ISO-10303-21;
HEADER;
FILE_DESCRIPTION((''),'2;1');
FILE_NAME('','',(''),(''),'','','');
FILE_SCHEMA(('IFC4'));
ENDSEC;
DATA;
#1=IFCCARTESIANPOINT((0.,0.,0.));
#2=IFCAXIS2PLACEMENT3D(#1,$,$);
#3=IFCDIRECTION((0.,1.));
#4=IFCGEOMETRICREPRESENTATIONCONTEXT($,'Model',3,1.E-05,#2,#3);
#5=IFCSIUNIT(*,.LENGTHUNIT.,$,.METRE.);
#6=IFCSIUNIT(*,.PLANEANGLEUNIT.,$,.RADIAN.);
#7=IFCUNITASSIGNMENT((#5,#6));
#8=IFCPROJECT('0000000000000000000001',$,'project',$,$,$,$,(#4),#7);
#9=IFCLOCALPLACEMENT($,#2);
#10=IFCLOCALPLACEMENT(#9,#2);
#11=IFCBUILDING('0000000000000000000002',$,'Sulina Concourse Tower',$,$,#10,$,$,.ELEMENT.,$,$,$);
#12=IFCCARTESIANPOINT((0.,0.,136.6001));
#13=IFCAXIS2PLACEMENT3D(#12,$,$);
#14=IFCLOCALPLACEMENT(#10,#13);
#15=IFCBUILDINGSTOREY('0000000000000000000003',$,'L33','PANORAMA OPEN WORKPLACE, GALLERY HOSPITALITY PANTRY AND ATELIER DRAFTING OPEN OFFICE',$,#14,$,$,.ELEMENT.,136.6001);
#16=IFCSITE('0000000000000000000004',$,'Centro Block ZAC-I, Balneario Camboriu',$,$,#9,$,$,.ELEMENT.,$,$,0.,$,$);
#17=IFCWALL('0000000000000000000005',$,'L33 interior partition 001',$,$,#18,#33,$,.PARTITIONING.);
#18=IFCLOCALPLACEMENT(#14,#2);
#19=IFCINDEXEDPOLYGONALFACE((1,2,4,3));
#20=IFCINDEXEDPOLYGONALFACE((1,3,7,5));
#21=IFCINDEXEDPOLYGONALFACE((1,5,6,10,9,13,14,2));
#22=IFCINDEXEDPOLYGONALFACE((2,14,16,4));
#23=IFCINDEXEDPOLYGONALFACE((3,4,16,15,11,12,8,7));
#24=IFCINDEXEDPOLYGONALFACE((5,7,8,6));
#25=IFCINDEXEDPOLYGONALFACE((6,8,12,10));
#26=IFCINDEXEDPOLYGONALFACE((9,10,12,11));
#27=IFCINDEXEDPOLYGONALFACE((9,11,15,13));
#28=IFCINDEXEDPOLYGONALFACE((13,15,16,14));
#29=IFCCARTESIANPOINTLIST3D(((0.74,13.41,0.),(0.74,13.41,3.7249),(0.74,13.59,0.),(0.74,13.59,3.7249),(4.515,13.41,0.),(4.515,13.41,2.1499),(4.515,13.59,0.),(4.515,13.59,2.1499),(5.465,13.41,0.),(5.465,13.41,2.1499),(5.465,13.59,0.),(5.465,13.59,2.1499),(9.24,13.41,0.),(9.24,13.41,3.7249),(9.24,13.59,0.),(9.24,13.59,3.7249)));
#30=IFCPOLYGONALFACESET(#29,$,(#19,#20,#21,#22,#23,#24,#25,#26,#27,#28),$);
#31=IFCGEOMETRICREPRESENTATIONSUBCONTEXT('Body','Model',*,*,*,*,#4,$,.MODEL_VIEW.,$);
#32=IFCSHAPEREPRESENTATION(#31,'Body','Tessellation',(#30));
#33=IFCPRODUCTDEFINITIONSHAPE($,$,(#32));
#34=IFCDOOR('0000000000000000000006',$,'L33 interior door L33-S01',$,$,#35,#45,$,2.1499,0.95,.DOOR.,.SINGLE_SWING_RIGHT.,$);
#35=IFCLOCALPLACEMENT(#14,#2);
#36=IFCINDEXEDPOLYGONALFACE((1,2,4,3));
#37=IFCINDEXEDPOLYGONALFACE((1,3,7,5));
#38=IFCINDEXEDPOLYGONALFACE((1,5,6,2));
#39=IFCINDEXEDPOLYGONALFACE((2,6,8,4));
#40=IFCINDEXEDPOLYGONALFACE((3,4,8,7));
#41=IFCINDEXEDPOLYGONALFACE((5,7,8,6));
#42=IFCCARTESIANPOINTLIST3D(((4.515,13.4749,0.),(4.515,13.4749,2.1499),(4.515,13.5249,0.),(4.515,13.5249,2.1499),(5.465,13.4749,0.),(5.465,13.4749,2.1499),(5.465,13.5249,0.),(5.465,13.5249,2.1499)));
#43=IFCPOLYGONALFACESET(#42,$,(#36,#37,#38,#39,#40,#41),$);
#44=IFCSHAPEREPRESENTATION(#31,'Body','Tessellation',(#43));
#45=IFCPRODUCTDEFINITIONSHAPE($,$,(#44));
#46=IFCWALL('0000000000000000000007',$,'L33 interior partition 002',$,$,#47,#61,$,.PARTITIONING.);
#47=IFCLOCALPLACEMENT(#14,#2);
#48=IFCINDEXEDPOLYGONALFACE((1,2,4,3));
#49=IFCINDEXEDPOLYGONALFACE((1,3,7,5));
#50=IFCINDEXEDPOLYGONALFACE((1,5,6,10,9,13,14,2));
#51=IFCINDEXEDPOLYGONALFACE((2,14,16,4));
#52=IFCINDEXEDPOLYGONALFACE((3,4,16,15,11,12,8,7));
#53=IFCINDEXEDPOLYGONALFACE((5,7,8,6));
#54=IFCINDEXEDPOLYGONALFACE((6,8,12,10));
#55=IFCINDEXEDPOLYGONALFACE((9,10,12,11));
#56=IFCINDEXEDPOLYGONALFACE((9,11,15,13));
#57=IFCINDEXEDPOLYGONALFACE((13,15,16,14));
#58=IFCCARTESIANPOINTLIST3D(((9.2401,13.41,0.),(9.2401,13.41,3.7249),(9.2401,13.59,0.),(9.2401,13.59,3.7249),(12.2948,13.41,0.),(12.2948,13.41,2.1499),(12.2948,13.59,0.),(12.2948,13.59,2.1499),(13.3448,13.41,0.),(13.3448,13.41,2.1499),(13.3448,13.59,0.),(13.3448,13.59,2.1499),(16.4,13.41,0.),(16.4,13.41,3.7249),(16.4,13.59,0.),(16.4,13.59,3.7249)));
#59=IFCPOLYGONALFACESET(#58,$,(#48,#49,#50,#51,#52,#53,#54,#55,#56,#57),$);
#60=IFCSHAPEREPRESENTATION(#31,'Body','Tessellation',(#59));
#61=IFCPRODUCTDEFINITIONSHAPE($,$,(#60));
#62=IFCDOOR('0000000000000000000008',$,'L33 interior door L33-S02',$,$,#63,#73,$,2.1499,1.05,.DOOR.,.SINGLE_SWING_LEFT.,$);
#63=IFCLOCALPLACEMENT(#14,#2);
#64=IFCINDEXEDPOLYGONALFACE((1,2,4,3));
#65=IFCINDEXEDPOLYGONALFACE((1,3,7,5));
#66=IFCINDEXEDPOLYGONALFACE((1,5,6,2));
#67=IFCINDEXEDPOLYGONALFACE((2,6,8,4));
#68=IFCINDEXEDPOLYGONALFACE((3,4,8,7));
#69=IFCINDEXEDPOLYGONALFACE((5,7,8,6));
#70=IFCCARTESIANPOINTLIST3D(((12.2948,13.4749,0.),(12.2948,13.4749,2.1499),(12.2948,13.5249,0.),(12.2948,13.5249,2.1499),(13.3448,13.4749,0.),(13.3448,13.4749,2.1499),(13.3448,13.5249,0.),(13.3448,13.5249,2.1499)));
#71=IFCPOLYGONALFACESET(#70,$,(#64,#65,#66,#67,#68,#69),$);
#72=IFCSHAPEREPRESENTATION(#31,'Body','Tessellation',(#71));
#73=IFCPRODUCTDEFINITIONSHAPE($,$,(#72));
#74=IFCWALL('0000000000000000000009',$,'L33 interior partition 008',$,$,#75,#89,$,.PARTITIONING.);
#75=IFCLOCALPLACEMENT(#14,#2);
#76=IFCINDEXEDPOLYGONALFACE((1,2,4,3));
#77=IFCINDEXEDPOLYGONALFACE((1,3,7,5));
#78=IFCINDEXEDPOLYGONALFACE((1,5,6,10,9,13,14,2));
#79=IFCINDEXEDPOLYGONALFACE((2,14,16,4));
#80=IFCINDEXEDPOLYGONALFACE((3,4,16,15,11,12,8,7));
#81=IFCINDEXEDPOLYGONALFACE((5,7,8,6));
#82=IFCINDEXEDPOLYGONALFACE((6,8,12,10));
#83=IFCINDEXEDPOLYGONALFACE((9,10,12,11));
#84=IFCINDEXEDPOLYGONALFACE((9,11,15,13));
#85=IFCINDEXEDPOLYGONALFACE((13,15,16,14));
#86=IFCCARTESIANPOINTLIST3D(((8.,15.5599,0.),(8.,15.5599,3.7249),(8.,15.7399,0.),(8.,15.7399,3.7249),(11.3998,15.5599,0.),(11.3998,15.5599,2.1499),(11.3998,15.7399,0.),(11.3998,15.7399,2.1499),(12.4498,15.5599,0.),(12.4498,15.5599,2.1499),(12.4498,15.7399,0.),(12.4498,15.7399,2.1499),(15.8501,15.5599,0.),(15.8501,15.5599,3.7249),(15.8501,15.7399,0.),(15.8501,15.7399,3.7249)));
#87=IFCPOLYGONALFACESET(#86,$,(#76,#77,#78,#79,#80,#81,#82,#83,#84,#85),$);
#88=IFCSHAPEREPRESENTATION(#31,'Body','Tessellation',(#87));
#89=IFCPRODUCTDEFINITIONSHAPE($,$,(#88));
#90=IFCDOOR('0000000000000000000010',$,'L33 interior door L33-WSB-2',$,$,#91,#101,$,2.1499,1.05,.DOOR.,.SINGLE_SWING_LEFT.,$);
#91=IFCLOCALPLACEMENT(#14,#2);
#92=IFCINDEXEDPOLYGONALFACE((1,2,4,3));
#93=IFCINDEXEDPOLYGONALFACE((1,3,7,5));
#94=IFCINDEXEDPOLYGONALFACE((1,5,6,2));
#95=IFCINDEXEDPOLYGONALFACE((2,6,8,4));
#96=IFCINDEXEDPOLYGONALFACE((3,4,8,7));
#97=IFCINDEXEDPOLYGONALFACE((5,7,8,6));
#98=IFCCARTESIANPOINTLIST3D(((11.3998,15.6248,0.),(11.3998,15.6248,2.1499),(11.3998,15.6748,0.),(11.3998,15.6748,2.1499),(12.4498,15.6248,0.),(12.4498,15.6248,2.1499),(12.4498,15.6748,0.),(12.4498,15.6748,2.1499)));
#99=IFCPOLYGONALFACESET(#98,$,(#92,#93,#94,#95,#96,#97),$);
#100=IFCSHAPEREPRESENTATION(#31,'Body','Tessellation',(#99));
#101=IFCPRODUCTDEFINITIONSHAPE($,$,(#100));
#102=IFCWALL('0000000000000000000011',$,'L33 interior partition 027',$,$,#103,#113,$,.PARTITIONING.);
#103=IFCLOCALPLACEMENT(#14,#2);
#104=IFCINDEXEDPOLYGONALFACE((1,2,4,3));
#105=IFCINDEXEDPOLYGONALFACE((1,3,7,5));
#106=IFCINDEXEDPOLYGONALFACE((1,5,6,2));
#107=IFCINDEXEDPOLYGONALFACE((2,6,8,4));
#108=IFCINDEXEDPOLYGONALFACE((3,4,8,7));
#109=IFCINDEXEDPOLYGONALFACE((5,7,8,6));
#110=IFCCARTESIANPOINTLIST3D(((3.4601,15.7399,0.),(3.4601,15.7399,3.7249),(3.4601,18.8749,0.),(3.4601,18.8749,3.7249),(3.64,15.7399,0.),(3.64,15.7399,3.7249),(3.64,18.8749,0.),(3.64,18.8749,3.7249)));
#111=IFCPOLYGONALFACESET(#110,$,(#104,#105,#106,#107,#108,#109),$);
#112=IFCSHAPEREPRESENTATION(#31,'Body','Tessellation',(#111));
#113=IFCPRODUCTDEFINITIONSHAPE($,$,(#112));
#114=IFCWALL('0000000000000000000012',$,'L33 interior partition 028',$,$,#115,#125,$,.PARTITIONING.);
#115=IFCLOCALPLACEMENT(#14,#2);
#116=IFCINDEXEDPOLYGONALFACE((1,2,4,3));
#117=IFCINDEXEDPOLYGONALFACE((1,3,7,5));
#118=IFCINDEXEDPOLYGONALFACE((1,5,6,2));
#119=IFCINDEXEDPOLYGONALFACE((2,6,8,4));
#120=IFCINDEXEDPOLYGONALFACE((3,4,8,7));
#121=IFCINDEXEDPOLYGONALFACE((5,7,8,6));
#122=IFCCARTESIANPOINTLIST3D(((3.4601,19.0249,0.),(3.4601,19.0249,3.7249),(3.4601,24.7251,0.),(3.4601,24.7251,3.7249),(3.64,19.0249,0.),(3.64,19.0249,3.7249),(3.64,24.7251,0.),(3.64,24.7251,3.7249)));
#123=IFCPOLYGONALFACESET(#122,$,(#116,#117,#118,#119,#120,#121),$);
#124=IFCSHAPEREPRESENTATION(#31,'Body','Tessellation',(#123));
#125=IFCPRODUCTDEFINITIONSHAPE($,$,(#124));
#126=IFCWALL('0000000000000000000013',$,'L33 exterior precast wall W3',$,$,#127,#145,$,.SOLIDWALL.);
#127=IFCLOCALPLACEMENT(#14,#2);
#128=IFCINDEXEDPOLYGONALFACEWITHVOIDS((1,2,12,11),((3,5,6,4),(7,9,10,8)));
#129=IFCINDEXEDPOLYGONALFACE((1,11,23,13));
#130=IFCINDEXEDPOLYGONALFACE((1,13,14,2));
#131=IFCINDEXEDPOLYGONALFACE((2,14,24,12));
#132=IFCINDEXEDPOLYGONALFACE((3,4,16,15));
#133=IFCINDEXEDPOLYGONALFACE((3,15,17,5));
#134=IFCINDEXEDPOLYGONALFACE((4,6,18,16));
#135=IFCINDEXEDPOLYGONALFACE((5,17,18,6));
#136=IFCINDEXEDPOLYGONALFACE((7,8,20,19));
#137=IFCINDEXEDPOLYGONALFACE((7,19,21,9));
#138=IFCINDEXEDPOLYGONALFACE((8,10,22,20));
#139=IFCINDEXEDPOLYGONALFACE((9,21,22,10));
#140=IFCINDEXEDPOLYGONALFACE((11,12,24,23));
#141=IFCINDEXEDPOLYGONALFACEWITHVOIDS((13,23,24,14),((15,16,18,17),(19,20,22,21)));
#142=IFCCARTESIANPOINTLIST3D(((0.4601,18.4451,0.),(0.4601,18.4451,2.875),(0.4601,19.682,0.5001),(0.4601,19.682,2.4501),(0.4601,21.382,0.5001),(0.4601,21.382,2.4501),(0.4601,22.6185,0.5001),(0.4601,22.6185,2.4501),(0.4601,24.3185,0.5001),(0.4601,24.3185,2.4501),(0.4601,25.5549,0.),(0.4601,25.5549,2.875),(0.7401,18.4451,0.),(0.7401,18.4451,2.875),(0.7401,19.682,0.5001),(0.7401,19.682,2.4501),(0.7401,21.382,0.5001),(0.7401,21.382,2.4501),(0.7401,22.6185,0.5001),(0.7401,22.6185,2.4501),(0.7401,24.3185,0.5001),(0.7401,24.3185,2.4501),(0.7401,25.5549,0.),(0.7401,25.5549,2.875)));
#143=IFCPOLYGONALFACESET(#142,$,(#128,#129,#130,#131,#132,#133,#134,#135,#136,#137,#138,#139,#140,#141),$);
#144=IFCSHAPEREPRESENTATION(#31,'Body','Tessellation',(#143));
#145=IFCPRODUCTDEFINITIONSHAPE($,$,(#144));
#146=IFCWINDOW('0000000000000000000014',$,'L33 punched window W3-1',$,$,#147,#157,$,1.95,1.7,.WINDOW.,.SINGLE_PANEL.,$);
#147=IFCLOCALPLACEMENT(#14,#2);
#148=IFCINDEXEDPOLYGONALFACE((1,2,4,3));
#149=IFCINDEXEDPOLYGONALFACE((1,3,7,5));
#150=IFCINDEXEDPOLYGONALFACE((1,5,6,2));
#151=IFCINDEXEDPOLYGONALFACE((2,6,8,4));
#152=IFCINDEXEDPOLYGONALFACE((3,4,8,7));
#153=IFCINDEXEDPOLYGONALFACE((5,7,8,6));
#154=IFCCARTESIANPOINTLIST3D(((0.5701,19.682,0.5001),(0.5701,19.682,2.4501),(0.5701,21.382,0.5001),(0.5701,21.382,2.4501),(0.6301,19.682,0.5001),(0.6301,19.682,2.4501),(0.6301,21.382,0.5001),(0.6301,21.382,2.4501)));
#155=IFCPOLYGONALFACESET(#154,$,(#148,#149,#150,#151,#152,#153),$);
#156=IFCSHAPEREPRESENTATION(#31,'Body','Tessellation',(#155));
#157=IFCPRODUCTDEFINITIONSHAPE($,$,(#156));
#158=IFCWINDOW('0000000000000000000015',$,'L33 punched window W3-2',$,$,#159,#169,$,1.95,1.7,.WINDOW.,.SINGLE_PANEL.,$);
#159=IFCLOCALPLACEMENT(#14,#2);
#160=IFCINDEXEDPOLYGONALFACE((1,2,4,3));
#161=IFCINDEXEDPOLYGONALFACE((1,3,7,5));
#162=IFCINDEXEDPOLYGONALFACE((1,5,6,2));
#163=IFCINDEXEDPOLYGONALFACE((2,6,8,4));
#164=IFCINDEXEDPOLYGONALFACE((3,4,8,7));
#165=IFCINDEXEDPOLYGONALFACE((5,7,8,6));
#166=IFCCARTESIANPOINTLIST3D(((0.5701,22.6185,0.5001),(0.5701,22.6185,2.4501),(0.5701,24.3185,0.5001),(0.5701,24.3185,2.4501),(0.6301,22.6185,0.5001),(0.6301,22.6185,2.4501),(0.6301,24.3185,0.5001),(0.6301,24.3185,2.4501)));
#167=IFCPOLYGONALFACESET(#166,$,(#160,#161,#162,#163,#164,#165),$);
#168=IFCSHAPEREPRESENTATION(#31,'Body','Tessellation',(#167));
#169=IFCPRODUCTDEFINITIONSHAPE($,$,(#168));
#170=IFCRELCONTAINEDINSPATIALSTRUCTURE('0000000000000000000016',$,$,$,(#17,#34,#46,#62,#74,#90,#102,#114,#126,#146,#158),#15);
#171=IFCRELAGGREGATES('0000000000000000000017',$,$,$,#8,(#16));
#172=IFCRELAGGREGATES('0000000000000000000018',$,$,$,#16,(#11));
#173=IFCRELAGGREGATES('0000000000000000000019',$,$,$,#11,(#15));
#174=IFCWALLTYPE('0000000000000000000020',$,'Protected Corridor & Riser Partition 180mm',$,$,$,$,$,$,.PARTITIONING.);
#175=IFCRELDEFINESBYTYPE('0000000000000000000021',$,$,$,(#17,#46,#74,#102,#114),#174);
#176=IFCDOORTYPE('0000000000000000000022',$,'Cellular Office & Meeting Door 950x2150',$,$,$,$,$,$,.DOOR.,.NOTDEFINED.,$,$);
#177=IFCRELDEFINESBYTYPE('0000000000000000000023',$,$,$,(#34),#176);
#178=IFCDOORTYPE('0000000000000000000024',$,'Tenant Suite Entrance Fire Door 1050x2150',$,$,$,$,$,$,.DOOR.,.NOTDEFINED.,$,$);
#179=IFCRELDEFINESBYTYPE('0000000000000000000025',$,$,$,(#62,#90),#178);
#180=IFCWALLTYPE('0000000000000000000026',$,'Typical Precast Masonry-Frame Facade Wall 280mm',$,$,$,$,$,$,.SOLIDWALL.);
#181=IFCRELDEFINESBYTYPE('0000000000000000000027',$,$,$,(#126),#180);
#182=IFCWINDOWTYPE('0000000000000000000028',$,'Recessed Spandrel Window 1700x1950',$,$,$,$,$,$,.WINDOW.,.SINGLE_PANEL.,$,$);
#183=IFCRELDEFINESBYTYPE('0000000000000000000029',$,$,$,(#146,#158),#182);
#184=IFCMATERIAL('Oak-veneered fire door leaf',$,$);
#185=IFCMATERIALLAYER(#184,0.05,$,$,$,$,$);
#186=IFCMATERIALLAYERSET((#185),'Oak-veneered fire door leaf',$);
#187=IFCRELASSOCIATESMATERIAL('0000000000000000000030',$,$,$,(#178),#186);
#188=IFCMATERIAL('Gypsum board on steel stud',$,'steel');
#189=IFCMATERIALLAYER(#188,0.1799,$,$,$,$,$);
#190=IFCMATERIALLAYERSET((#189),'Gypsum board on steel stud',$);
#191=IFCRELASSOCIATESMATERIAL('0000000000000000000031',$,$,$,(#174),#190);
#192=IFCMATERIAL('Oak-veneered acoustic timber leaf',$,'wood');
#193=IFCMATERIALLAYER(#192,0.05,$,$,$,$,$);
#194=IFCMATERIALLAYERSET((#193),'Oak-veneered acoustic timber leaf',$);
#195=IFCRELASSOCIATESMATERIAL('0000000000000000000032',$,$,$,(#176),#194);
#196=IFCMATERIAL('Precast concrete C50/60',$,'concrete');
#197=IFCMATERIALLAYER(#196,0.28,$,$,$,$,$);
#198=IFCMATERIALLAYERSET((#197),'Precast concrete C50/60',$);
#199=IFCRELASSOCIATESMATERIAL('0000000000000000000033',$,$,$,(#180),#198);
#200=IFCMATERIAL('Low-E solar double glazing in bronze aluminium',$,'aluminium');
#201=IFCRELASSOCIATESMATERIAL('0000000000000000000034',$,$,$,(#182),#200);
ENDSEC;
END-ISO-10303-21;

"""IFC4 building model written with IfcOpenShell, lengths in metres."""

from ifc_helpers import new_model, si_unit, direction, frame, frame_2d, origin, place, context, subcontext, project, spatial, rectangle, extrude, material, layer, layer_set, type_object, element, fill, save


model = new_model("IFC4")

# Units and contexts
model_context = context("Model", 3, precision=1e-05, world=origin(), true_north=direction((0.0, 1.0)))
body_context = subcontext(model_context, "Body", "Model", "MODEL_VIEW")
ifc_project = project(units=[si_unit("LENGTHUNIT", "METRE"), si_unit("PLANEANGLEUNIT", "RADIAN")], contexts=[model_context])

# Site, building, storey
site_placement = place(None, origin())
site = spatial("IfcSite", under=ifc_project, at=site_placement, Name="Centro Block ZAC-I, Balneario Camboriu", CompositionType="ELEMENT", RefElevation=0.0)
building_placement = place(site_placement, origin())
building = spatial("IfcBuilding", under=site, at=building_placement, Name="Sulina Concourse Tower", CompositionType="ELEMENT")
storey_placement = place(building_placement, frame((0.0, 0.0, 136.6001)))
storey = spatial("IfcBuildingStorey", under=building, at=storey_placement, Name="L33", Description="PANORAMA OPEN WORKPLACE, GALLERY HOSPITALITY PANTRY AND ATELIER DRAFTING OPEN OFFICE", CompositionType="ELEMENT", Elevation=136.6001)

# Shared definitions
ifc_material_1 = material(Name="Oak-veneered fire door leaf")
ifc_layer_1 = layer(ifc_material_1, 0.05)
ifc_layer_set_1 = layer_set([ifc_layer_1], Name="Oak-veneered fire door leaf")
door_type_1 = type_object("IfcDoorType", Name="Tenant Suite Entrance Fire Door 1050x2150", OperationType="NOTDEFINED", PredefinedType="DOOR", material=ifc_layer_set_1)

# Walls, openings, doors
ifc_material_2 = material(Name="Gypsum board on steel stud", Category="steel")
ifc_layer_2 = layer(ifc_material_2, 0.1799)
ifc_layer_set_2 = layer_set([ifc_layer_2], Name="Gypsum board on steel stud")
wall_type_1 = type_object("IfcWallType", Name="Protected Corridor & Riser Partition 180mm", PredefinedType="PARTITIONING", material=ifc_layer_set_2)
wall_1_placement = place(storey_placement, frame((0.74, 13.5, 0.0), z_axis=(0.0, 0.0, 1.0), x_axis=(1.0, 0.0, 0.0)))
wall_1 = element("IfcWall", 1, at=wall_1_placement, inside=storey, type_object=wall_type_1, Name="L33 interior partition 001", PredefinedType="PARTITIONING", context=body_context, shape_type="SweptSolid", body=[
    extrude(rectangle(XDim=8.5, YDim=0.1799, at=frame_2d((4.25, 0.0))), origin(), (0.0, 0.0, 1.0), 3.7249),
])
opening_1_placement = place(wall_1_placement, frame((3.7749, 0.0, 0.0)))
opening_1 = element("IfcOpeningElement", 2, at=opening_1_placement, cuts=wall_1, PredefinedType="OPENING", context=body_context, shape_type="SweptSolid", body=[
    extrude(rectangle(XDim=0.95, YDim=2.1499, at=frame_2d((0.4751, 1.075))), frame((0.0, 0.0999, 0.0), z_axis=(0.0, -1.0, 0.0), x_axis=(1.0, 0.0, 0.0)), (0.0, 0.0, 1.0), 0.2),
])
ifc_material_3 = material(Name="Oak-veneered acoustic timber leaf", Category="wood")
ifc_layer_3 = layer(ifc_material_3, 0.05)
ifc_layer_set_3 = layer_set([ifc_layer_3], Name="Oak-veneered acoustic timber leaf")
door_type_2 = type_object("IfcDoorType", Name="Cellular Office & Meeting Door 950x2150", OperationType="NOTDEFINED", PredefinedType="DOOR", material=ifc_layer_set_3)
door_1_placement = place(opening_1_placement, origin())
door_1 = element("IfcDoor", 3, at=door_1_placement, inside=storey, type_object=door_type_2, Name="L33 interior door L33-S01", OperationType="SINGLE_SWING_RIGHT", OverallHeight=2.1499, OverallWidth=0.95, PredefinedType="DOOR", context=body_context, shape_type="SweptSolid", body=[
    extrude(rectangle(XDim=0.95, YDim=2.1499, at=frame_2d((0.4751, 1.075))), frame((0.0, 0.0249, 0.0), z_axis=(0.0, -1.0, 0.0), x_axis=(1.0, 0.0, 0.0)), (0.0, 0.0, 1.0), 0.05),
])
fill(opening_1, door_1)
wall_2_placement = place(storey_placement, frame((9.24, 13.5, 0.0), z_axis=(0.0, 0.0, 1.0), x_axis=(1.0, 0.0, 0.0)))
wall_2 = element("IfcWall", 4, at=wall_2_placement, inside=storey, type_object=wall_type_1, Name="L33 interior partition 002", PredefinedType="PARTITIONING", context=body_context, shape_type="SweptSolid", body=[
    extrude(rectangle(XDim=7.1599, YDim=0.1799, at=frame_2d((3.5801, 0.0))), origin(), (0.0, 0.0, 1.0), 3.7249),
])
opening_2_placement = place(wall_2_placement, frame((3.0549, 0.0, 0.0)))
opening_2 = element("IfcOpeningElement", 5, at=opening_2_placement, cuts=wall_2, PredefinedType="OPENING", context=body_context, shape_type="SweptSolid", body=[
    extrude(rectangle(XDim=1.05, YDim=2.1499, at=frame_2d((0.5249, 1.075))), frame((0.0, 0.0999, 0.0), z_axis=(0.0, -1.0, 0.0), x_axis=(1.0, 0.0, 0.0)), (0.0, 0.0, 1.0), 0.2),
])
door_2_placement = place(opening_2_placement, origin())
door_2 = element("IfcDoor", 6, at=door_2_placement, inside=storey, type_object=door_type_1, Name="L33 interior door L33-S02", OperationType="SINGLE_SWING_LEFT", OverallHeight=2.1499, OverallWidth=1.05, PredefinedType="DOOR", context=body_context, shape_type="SweptSolid", body=[
    extrude(rectangle(XDim=1.05, YDim=2.1499, at=frame_2d((0.5249, 1.075))), frame((0.0, 0.0249, 0.0), z_axis=(0.0, -1.0, 0.0), x_axis=(1.0, 0.0, 0.0)), (0.0, 0.0, 1.0), 0.05),
])
fill(opening_2, door_2)
wall_3_placement = place(storey_placement, frame((8.0, 15.6499, 0.0), z_axis=(0.0, 0.0, 1.0), x_axis=(1.0, 0.0, 0.0)))
wall_3 = element("IfcWall", 7, at=wall_3_placement, inside=storey, type_object=wall_type_1, Name="L33 interior partition 008", PredefinedType="PARTITIONING", context=body_context, shape_type="SweptSolid", body=[
    extrude(rectangle(XDim=7.8501, YDim=0.1799, at=frame_2d((3.925, 0.0))), origin(), (0.0, 0.0, 1.0), 3.7249),
])
opening_3_placement = place(wall_3_placement, frame((3.3999, 0.0, 0.0)))
opening_3 = element("IfcOpeningElement", 8, at=opening_3_placement, cuts=wall_3, PredefinedType="OPENING", context=body_context, shape_type="SweptSolid", body=[
    extrude(rectangle(XDim=1.05, YDim=2.1499, at=frame_2d((0.5249, 1.075))), frame((0.0, 0.0999, 0.0), z_axis=(0.0, -1.0, 0.0), x_axis=(1.0, 0.0, 0.0)), (0.0, 0.0, 1.0), 0.2),
])
door_3_placement = place(opening_3_placement, origin())
door_3 = element("IfcDoor", 9, at=door_3_placement, inside=storey, type_object=door_type_1, Name="L33 interior door L33-WSB-2", OperationType="SINGLE_SWING_LEFT", OverallHeight=2.1499, OverallWidth=1.05, PredefinedType="DOOR", context=body_context, shape_type="SweptSolid", body=[
    extrude(rectangle(XDim=1.05, YDim=2.1499, at=frame_2d((0.5249, 1.075))), frame((0.0, 0.0249, 0.0), z_axis=(0.0, -1.0, 0.0), x_axis=(1.0, 0.0, 0.0)), (0.0, 0.0, 1.0), 0.05),
])
fill(opening_3, door_3)

# Walls
wall_4_placement = place(storey_placement, frame((3.55, 15.74, 0.0), z_axis=(0.0, 0.0, 1.0), x_axis=(0.0, 1.0, 0.0)))
element("IfcWall", 10, at=wall_4_placement, inside=storey, type_object=wall_type_1, Name="L33 interior partition 027", PredefinedType="PARTITIONING", context=body_context, shape_type="SweptSolid", body=[
    extrude(rectangle(XDim=3.135, YDim=0.1799, at=frame_2d((1.5674, 0.0))), origin(), (0.0, 0.0, 1.0), 3.7249),
])
wall_5_placement = place(storey_placement, frame((3.55, 19.0249, 0.0), z_axis=(0.0, 0.0, 1.0), x_axis=(0.0, 1.0, 0.0)))
element("IfcWall", 11, at=wall_5_placement, inside=storey, type_object=wall_type_1, Name="L33 interior partition 028", PredefinedType="PARTITIONING", context=body_context, shape_type="SweptSolid", body=[
    extrude(rectangle(XDim=5.7002, YDim=0.1799, at=frame_2d((2.8501, 0.0))), origin(), (0.0, 0.0, 1.0), 3.7249),
])

# Wall, openings, windows
ifc_material_4 = material(Name="Precast concrete C50/60", Category="concrete")
ifc_layer_4 = layer(ifc_material_4, 0.28)
ifc_layer_set_4 = layer_set([ifc_layer_4], Name="Precast concrete C50/60")
wall_type_2 = type_object("IfcWallType", Name="Typical Precast Masonry-Frame Facade Wall 280mm", PredefinedType="SOLIDWALL", material=ifc_layer_set_4)
wall_6_placement = place(storey_placement, frame((0.6001, 18.4451, 0.0), z_axis=(0.0, 0.0, 1.0), x_axis=(0.0, 1.0, 0.0)))
wall_6 = element("IfcWall", 12, at=wall_6_placement, inside=storey, type_object=wall_type_2, Name="L33 exterior precast wall W3", PredefinedType="SOLIDWALL", context=body_context, shape_type="SweptSolid", body=[
    extrude(rectangle(XDim=7.1099, YDim=0.28, at=frame_2d((3.5549, 0.0))), origin(), (0.0, 0.0, 1.0), 2.875),
])
opening_4_placement = place(wall_6_placement, frame((1.2368, 0.0, 0.5)))
opening_4 = element("IfcOpeningElement", 13, at=opening_4_placement, cuts=wall_6, PredefinedType="OPENING", context=body_context, shape_type="SweptSolid", body=[
    extrude(rectangle(XDim=1.7, YDim=1.95, at=frame_2d((0.8501, 0.9751))), frame((0.0, 0.1499, 0.0), z_axis=(0.0, -1.0, 0.0), x_axis=(1.0, 0.0, 0.0)), (0.0, 0.0, 1.0), 0.3),
])
opening_5_placement = place(wall_6_placement, frame((4.1733, 0.0, 0.5)))
opening_5 = element("IfcOpeningElement", 14, at=opening_5_placement, cuts=wall_6, PredefinedType="OPENING", context=body_context, shape_type="SweptSolid", body=[
    extrude(rectangle(XDim=1.7, YDim=1.95, at=frame_2d((0.8501, 0.9751))), frame((0.0, 0.1499, 0.0), z_axis=(0.0, -1.0, 0.0), x_axis=(1.0, 0.0, 0.0)), (0.0, 0.0, 1.0), 0.3),
])
ifc_material_5 = material(Name="Low-E solar double glazing in bronze aluminium", Category="aluminium")
window_type = type_object("IfcWindowType", Name="Recessed Spandrel Window 1700x1950", PartitioningType="SINGLE_PANEL", PredefinedType="WINDOW", material=ifc_material_5)
window_1_placement = place(opening_4_placement, origin())
window_1 = element("IfcWindow", 15, at=window_1_placement, inside=storey, type_object=window_type, Name="L33 punched window W3-1", OverallHeight=1.95, OverallWidth=1.7, PartitioningType="SINGLE_PANEL", PredefinedType="WINDOW", context=body_context, shape_type="SweptSolid", body=[
    extrude(rectangle(XDim=1.7, YDim=1.95, at=frame_2d((0.8501, 0.9751))), frame((0.0, 0.03, 0.0), z_axis=(0.0, -1.0, 0.0), x_axis=(1.0, 0.0, 0.0)), (0.0, 0.0, 1.0), 0.0601),
])
fill(opening_4, window_1)
window_2_placement = place(opening_5_placement, origin())
window_2 = element("IfcWindow", 16, at=window_2_placement, inside=storey, type_object=window_type, Name="L33 punched window W3-2", OverallHeight=1.95, OverallWidth=1.7, PartitioningType="SINGLE_PANEL", PredefinedType="WINDOW", context=body_context, shape_type="SweptSolid", body=[
    extrude(rectangle(XDim=1.7, YDim=1.95, at=frame_2d((0.8501, 0.9751))), frame((0.0, 0.03, 0.0), z_axis=(0.0, -1.0, 0.0), x_axis=(1.0, 0.0, 0.0)), (0.0, 0.0, 1.0), 0.0601),
])
fill(opening_5, window_2)

save(model, "model.ifc")
